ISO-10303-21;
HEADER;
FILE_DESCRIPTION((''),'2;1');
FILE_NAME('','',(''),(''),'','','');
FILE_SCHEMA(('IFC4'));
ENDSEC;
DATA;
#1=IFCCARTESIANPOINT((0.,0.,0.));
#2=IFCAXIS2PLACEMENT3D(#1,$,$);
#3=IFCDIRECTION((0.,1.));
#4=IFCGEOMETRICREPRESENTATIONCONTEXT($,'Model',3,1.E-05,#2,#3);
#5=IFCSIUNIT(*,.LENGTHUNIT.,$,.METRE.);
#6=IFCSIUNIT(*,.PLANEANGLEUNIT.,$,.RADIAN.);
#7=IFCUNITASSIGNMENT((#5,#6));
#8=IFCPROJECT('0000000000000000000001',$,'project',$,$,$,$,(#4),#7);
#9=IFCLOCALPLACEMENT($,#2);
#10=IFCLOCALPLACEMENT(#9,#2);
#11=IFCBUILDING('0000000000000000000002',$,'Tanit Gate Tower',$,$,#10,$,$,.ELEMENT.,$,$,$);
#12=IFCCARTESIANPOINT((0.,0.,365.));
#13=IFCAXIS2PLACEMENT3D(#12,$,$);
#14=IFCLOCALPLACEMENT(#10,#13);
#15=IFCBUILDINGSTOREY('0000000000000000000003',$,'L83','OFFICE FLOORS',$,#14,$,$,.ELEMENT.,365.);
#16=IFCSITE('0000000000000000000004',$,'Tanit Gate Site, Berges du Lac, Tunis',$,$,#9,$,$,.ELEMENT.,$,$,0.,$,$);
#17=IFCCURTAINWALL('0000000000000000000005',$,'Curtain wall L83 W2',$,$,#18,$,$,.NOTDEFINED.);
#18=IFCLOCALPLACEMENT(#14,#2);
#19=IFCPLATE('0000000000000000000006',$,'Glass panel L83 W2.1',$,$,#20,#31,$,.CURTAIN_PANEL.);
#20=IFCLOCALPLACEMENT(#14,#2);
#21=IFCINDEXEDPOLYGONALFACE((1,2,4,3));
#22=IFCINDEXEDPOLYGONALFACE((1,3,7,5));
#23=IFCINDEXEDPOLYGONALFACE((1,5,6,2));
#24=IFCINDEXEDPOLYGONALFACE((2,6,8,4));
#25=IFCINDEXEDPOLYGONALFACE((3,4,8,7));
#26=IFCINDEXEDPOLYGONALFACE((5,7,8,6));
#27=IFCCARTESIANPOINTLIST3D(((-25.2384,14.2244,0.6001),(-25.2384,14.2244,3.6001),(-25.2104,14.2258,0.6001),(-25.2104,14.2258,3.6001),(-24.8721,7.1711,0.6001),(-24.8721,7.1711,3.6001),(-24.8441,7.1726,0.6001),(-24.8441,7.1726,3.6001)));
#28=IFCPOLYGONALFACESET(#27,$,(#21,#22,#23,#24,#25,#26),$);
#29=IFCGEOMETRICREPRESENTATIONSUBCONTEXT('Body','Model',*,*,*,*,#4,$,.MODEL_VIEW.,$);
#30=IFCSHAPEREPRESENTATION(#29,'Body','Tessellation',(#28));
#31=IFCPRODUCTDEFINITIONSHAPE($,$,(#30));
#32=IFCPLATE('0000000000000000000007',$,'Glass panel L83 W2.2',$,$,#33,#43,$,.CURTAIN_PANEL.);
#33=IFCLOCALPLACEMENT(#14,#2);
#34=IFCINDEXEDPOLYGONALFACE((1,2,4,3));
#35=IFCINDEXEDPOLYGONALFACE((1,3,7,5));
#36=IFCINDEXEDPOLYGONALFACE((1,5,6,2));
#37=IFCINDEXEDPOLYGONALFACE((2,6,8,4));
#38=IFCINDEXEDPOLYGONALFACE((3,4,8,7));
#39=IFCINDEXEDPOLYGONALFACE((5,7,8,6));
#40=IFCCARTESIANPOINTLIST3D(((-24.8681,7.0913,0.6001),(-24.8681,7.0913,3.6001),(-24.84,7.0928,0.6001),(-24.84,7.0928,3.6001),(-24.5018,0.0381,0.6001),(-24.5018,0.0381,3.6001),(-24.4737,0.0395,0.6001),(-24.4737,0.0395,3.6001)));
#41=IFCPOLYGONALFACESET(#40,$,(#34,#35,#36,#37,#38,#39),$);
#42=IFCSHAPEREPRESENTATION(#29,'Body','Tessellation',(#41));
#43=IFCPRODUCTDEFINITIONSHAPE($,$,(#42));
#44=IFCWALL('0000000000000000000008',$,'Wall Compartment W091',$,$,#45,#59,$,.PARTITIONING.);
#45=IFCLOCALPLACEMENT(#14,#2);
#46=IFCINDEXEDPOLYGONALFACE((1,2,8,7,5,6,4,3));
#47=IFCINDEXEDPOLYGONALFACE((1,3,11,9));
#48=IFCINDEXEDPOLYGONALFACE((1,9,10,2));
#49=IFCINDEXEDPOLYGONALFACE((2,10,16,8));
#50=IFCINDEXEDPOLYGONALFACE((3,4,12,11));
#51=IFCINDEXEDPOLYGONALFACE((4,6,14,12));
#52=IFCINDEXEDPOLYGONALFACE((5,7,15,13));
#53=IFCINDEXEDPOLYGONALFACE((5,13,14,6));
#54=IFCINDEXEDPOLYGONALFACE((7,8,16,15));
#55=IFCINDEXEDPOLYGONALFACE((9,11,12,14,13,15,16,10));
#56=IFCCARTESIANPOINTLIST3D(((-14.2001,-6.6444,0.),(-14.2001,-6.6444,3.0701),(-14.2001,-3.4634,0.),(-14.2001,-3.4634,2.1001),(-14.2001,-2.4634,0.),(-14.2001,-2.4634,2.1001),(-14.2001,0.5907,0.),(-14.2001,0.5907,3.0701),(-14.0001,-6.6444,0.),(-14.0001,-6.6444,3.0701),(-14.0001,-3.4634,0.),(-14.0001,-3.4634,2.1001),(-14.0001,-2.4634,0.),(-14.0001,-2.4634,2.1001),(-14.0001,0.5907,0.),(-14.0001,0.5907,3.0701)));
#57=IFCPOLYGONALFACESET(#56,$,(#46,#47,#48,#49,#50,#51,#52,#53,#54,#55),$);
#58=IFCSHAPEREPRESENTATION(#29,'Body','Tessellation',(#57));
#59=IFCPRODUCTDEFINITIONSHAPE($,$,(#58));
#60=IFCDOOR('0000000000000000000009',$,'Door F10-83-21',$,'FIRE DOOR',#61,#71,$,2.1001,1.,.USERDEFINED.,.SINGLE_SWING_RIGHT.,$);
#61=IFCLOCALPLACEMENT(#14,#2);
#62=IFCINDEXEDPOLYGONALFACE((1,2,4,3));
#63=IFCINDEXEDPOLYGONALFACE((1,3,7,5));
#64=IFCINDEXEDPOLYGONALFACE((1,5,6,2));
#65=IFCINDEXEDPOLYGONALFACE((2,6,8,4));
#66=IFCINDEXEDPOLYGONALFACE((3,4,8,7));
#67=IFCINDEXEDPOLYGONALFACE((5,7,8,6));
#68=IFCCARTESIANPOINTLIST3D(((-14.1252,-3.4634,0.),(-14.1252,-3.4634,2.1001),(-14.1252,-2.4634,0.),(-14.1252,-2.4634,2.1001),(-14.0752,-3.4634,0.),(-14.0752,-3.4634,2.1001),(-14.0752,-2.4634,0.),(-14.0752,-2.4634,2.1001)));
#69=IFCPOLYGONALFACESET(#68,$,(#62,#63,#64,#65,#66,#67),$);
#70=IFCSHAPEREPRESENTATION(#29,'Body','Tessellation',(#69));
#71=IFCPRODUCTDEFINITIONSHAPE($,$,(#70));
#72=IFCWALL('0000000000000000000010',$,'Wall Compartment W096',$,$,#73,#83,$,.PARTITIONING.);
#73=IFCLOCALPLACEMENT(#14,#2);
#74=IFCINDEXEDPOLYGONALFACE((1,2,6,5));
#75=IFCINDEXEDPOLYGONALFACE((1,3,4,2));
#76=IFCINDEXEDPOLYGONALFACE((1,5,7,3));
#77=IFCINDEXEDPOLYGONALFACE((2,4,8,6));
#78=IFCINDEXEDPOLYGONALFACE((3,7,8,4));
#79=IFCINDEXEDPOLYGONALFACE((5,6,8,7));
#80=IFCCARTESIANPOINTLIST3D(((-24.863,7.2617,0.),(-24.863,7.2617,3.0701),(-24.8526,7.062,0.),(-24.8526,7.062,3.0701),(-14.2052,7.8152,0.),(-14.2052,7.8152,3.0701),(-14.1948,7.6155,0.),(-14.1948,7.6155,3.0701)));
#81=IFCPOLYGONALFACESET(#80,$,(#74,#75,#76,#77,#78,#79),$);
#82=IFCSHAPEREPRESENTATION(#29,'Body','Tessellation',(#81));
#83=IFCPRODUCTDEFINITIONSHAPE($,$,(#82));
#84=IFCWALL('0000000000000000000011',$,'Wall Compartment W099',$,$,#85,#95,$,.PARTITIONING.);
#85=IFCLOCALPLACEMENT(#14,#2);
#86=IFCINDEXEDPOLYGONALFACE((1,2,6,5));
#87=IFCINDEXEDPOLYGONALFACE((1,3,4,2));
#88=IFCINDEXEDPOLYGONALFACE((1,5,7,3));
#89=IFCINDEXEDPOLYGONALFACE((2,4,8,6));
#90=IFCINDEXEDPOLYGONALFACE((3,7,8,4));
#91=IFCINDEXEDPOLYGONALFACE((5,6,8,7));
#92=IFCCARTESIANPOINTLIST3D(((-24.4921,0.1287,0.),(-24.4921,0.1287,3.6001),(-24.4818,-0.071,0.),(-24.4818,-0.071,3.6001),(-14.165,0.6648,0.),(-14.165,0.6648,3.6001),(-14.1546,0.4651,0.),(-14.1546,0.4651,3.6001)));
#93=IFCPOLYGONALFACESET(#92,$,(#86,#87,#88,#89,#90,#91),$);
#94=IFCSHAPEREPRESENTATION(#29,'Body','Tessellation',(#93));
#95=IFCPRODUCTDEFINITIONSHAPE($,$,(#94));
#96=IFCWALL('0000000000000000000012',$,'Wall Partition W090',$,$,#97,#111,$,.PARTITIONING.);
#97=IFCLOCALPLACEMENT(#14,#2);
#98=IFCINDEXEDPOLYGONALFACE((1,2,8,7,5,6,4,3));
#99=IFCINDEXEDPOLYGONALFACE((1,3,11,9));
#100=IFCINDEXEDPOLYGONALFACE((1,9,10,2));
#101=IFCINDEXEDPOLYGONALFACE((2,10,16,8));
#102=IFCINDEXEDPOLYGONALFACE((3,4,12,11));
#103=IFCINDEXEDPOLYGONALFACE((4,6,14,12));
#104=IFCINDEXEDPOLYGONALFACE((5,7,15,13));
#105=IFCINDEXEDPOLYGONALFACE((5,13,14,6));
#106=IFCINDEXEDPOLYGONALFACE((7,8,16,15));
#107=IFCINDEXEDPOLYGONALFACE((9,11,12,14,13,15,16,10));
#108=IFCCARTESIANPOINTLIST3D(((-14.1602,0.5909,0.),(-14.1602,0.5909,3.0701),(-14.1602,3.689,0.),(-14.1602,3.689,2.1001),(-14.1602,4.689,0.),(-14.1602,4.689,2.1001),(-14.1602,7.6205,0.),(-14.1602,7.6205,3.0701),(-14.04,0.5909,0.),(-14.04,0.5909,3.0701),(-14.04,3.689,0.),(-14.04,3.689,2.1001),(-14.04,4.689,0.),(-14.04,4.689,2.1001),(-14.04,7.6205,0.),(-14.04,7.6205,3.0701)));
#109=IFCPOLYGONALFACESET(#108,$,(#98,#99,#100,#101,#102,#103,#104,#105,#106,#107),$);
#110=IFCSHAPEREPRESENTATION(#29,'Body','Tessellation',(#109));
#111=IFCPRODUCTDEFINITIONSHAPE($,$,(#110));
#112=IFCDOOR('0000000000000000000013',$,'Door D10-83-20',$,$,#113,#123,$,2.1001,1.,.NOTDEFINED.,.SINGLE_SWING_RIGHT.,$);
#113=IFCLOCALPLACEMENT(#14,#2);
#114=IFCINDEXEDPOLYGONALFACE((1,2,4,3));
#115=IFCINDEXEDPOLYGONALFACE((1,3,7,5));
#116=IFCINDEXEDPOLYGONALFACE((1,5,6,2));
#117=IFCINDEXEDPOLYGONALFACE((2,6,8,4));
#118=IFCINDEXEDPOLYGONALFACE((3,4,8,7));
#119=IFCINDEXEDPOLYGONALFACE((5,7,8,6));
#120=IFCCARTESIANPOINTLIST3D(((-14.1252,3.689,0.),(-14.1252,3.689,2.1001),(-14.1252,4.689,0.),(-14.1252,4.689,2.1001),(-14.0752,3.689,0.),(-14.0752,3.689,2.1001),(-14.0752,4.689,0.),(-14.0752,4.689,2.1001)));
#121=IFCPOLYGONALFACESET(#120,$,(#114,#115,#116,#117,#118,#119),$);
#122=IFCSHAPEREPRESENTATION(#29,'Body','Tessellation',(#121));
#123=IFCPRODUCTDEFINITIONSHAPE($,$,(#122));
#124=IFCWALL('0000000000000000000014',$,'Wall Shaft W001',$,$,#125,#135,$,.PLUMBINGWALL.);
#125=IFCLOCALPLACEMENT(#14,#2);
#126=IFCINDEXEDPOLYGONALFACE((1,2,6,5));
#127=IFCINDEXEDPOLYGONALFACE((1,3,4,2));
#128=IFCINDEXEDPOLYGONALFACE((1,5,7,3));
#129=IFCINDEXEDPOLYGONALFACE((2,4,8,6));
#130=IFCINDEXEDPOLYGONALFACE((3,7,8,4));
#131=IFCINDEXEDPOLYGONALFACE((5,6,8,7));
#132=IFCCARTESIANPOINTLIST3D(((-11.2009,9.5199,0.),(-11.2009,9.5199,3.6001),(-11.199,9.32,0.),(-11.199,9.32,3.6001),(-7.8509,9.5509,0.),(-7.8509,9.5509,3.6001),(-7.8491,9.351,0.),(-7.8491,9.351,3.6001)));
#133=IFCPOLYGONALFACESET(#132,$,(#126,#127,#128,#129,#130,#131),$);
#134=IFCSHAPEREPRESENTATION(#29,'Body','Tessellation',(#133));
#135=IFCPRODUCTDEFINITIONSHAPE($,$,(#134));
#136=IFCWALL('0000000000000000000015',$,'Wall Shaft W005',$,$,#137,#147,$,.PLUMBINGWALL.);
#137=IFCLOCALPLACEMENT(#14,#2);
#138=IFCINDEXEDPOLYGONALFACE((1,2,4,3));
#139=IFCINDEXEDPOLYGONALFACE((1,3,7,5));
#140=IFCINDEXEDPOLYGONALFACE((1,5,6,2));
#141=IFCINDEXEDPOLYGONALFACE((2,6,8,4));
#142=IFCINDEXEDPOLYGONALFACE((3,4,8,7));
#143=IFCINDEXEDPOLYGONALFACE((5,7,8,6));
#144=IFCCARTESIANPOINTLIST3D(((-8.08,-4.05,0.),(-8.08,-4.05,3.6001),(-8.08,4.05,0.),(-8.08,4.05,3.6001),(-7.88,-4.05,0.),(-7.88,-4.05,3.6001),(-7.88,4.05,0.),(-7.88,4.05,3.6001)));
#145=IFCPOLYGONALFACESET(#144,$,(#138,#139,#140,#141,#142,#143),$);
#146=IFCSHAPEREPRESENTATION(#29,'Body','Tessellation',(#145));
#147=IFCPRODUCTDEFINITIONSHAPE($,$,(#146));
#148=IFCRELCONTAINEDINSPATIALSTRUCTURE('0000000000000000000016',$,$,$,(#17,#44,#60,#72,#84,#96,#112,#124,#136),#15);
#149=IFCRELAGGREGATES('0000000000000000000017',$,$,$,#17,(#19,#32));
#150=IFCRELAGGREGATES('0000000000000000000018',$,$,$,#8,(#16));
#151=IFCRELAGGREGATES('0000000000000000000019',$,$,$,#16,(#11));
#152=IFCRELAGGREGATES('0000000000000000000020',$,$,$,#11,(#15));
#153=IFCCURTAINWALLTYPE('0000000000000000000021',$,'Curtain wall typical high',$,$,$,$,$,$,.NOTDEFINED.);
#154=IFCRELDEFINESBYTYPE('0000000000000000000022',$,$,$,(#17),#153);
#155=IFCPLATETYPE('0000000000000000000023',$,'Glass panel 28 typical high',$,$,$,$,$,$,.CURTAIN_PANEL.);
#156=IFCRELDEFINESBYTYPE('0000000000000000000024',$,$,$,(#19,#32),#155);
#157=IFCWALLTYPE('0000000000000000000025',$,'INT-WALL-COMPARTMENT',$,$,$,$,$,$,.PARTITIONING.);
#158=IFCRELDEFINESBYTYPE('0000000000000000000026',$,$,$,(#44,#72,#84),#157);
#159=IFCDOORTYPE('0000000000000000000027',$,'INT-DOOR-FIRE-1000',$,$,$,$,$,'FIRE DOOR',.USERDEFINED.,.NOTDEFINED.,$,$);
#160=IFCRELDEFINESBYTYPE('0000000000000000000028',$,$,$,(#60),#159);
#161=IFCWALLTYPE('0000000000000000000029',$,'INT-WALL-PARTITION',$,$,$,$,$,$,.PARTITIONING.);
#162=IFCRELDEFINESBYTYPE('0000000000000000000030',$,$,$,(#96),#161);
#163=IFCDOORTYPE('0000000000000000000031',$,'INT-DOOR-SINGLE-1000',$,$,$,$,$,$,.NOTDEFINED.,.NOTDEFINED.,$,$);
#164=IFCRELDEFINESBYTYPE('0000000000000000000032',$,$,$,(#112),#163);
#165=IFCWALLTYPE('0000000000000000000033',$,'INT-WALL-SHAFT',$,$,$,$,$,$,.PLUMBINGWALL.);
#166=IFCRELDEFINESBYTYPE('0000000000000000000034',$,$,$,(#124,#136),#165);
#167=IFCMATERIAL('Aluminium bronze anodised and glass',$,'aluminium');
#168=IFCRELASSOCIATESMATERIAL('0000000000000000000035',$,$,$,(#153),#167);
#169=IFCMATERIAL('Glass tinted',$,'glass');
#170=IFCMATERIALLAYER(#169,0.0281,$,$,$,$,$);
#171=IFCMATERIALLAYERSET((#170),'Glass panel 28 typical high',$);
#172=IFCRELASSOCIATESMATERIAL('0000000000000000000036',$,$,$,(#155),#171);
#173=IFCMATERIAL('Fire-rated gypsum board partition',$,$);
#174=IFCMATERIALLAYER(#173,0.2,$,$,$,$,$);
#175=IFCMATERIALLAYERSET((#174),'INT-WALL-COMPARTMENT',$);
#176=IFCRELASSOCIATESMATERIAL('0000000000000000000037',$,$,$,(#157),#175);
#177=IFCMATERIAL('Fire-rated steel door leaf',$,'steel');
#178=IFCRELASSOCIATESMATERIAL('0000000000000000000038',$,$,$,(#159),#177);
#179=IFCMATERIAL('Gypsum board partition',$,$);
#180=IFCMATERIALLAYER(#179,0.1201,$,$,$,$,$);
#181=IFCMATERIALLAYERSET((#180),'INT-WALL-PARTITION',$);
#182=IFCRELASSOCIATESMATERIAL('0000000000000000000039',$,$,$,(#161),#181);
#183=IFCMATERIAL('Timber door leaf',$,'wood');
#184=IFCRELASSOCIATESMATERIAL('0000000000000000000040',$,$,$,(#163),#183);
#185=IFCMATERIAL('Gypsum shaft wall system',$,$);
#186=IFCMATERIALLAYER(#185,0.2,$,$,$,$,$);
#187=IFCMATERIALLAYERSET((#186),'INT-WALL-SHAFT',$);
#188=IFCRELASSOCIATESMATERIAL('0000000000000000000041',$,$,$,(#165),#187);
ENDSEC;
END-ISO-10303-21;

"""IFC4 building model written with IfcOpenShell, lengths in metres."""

from ifc_helpers import new_model, si_unit, direction, frame, frame_2d, origin, origin_2d, place, context, subcontext, project, spatial, rectangle, extrude, material, layer, layer_set, type_object, element, fill, aggregate, save


model = new_model("IFC4")

# Units and contexts
model_context = context("Model", 3, precision=1e-05, world=origin(), true_north=direction((0.0, 1.0)))
body_context = subcontext(model_context, "Body", "Model", "MODEL_VIEW")
ifc_project = project(units=[si_unit("LENGTHUNIT", "METRE"), si_unit("PLANEANGLEUNIT", "RADIAN")], contexts=[model_context])

# Site, building, storey
site_placement = place(None, origin())
site = spatial("IfcSite", under=ifc_project, at=site_placement, Name="Tanit Gate Site, Berges du Lac, Tunis", CompositionType="ELEMENT", RefElevation=0.0)
building_placement = place(site_placement, origin())
building = spatial("IfcBuilding", under=site, at=building_placement, Name="Tanit Gate Tower", CompositionType="ELEMENT")
storey_placement = place(building_placement, frame((0.0, 0.0, 365.0)))
storey = spatial("IfcBuildingStorey", under=building, at=storey_placement, Name="L83", Description="OFFICE FLOORS", CompositionType="ELEMENT", Elevation=365.0)

# Curtain wall
ifc_material_1 = material(Name="Aluminium bronze anodised and glass", Category="aluminium")
curtain_wall_type = type_object("IfcCurtainWallType", Name="Curtain wall typical high", PredefinedType="NOTDEFINED", material=ifc_material_1)
curtain_wall_1_placement = place(storey_placement, origin())
curtain_wall_1 = element("IfcCurtainWall", 1, at=curtain_wall_1_placement, inside=storey, type_object=curtain_wall_type, Name="Curtain wall L83 W2", PredefinedType="NOTDEFINED")

# Plates
ifc_material_2 = material(Name="Glass tinted", Category="glass")
ifc_layer_1 = layer(ifc_material_2, 0.0281)
ifc_layer_set_1 = layer_set([ifc_layer_1], Name="Glass panel 28 typical high")
plate_type = type_object("IfcPlateType", Name="Glass panel 28 typical high", PredefinedType="CURTAIN_PANEL", material=ifc_layer_set_1)
plate_1_placement = place(storey_placement, frame((-25.0413, 10.6985, 0.6001), z_axis=(0.0, 0.0, 1.0), x_axis=(0.051865, -0.998654, 0.0)))
plate_1 = element("IfcPlate", 2, at=plate_1_placement, type_object=plate_type, Name="Glass panel L83 W2.1", PredefinedType="CURTAIN_PANEL", context=body_context, shape_type="SweptSolid", body=[
    extrude(rectangle(XDim=7.0627, YDim=0.0281, at=origin_2d()), origin(), (0.0, 0.0, 1.0), 3.0),
])
plate_2_placement = place(storey_placement, frame((-24.6709, 3.5654, 0.6001), z_axis=(0.0, 0.0, 1.0), x_axis=(0.051865, -0.998654, 0.0)))
plate_2 = element("IfcPlate", 3, at=plate_2_placement, type_object=plate_type, Name="Glass panel L83 W2.2", PredefinedType="CURTAIN_PANEL", context=body_context, shape_type="SweptSolid", body=[
    extrude(rectangle(XDim=7.0627, YDim=0.0281, at=origin_2d()), origin(), (0.0, 0.0, 1.0), 3.0),
])
aggregate(curtain_wall_1, [plate_1, plate_2])

# Wall, opening, door
ifc_material_3 = material(Name="Fire-rated gypsum board partition")
ifc_layer_2 = layer(ifc_material_3, 0.2)
ifc_layer_set_2 = layer_set([ifc_layer_2], Name="INT-WALL-COMPARTMENT")
wall_type_1 = type_object("IfcWallType", Name="INT-WALL-COMPARTMENT", PredefinedType="PARTITIONING", material=ifc_layer_set_2)
wall_1_placement = place(storey_placement, frame((-14.1001, 0.5908, 0.0), z_axis=(0.0, 0.0, 1.0), x_axis=(0.0, -1.0, 0.0)))
wall_1 = element("IfcWall", 4, at=wall_1_placement, inside=storey, type_object=wall_type_1, Name="Wall Compartment W091", PredefinedType="PARTITIONING", context=body_context, shape_type="SweptSolid", body=[
    extrude(rectangle(XDim=7.2351, YDim=0.2, at=frame_2d((3.6177, 0.0))), origin(), (0.0, 0.0, 1.0), 3.0701),
])
opening_1_placement = place(wall_1_placement, frame((3.0542, 0.0, 0.0)))
opening_1 = element("IfcOpeningElement", 5, at=opening_1_placement, cuts=wall_1, PredefinedType="OPENING", context=body_context, shape_type="SweptSolid", body=[
    extrude(rectangle(XDim=1.0, YDim=2.1001, at=frame_2d((0.5, 1.05))), frame((0.0, 0.1099, 0.0), z_axis=(0.0, -1.0, 0.0), x_axis=(1.0, 0.0, 0.0)), (0.0, 0.0, 1.0), 0.22),
])
ifc_material_4 = material(Name="Fire-rated steel door leaf", Category="steel")
door_type_1 = type_object("IfcDoorType", Name="INT-DOOR-FIRE-1000", ElementType="FIRE DOOR", OperationType="NOTDEFINED", PredefinedType="USERDEFINED", material=ifc_material_4)
door_1_placement = place(opening_1_placement, origin())
door_1 = element("IfcDoor", 6, at=door_1_placement, inside=storey, type_object=door_type_1, Name="Door F10-83-21", ObjectType="FIRE DOOR", OperationType="SINGLE_SWING_RIGHT", OverallHeight=2.1001, OverallWidth=1.0, PredefinedType="USERDEFINED", context=body_context, shape_type="SweptSolid", body=[
    extrude(rectangle(XDim=1.0, YDim=2.1001, at=frame_2d((0.5, 1.05))), frame((0.0, 0.0249, 0.0), z_axis=(0.0, -1.0, 0.0), x_axis=(1.0, 0.0, 0.0)), (0.0, 0.0, 1.0), 0.05),
])
fill(opening_1, door_1)

# Walls
wall_2_placement = place(storey_placement, frame((-24.8577, 7.1619, 0.0), z_axis=(0.0, 0.0, 1.0), x_axis=(0.998654, 0.051861, 0.0)))
element("IfcWall", 7, at=wall_2_placement, inside=storey, type_object=wall_type_1, Name="Wall Compartment W096", PredefinedType="PARTITIONING", context=body_context, shape_type="SweptSolid", body=[
    extrude(rectangle(XDim=10.6721, YDim=0.2, at=frame_2d((5.3359, 0.0))), origin(), (0.0, 0.0, 1.0), 3.0701),
])
wall_3_placement = place(storey_placement, frame((-14.1599, 0.5649, 0.0), z_axis=(0.0, 0.0, 1.0), x_axis=(-0.998655, -0.051845, 0.0)))
element("IfcWall", 8, at=wall_3_placement, inside=storey, type_object=wall_type_1, Name="Wall Compartment W099", PredefinedType="PARTITIONING", context=body_context, shape_type="SweptSolid", body=[
    extrude(rectangle(XDim=10.3411, YDim=0.2, at=frame_2d((5.1704, 0.0))), origin(), (0.0, 0.0, 1.0), 3.6001),
])

# Wall, opening, door
ifc_material_5 = material(Name="Gypsum board partition")
ifc_layer_3 = layer(ifc_material_5, 0.1201)
ifc_layer_set_3 = layer_set([ifc_layer_3], Name="INT-WALL-PARTITION")
wall_type_2 = type_object("IfcWallType", Name="INT-WALL-PARTITION", PredefinedType="PARTITIONING", material=ifc_layer_set_3)
wall_4_placement = place(storey_placement, frame((-14.1001, 7.6204, 0.0), z_axis=(0.0, 0.0, 1.0), x_axis=(0.0, -1.0, 0.0)))
wall_4 = element("IfcWall", 9, at=wall_4_placement, inside=storey, type_object=wall_type_2, Name="Wall Partition W090", PredefinedType="PARTITIONING", context=body_context, shape_type="SweptSolid", body=[
    extrude(rectangle(XDim=7.0295, YDim=0.1201, at=frame_2d((3.5146, 0.0))), origin(), (0.0, 0.0, 1.0), 3.0701),
])
opening_2_placement = place(wall_4_placement, frame((2.9314, 0.0, 0.0)))
opening_2 = element("IfcOpeningElement", 10, at=opening_2_placement, cuts=wall_4, PredefinedType="OPENING", context=body_context, shape_type="SweptSolid", body=[
    extrude(rectangle(XDim=1.0, YDim=2.1001, at=frame_2d((0.5, 1.05))), frame((0.0, 0.0701, 0.0), z_axis=(0.0, -1.0, 0.0), x_axis=(1.0, 0.0, 0.0)), (0.0, 0.0, 1.0), 0.1401),
])
ifc_material_6 = material(Name="Timber door leaf", Category="wood")
door_type_2 = type_object("IfcDoorType", Name="INT-DOOR-SINGLE-1000", OperationType="NOTDEFINED", PredefinedType="NOTDEFINED", material=ifc_material_6)
door_2_placement = place(opening_2_placement, origin())
door_2 = element("IfcDoor", 11, at=door_2_placement, inside=storey, type_object=door_type_2, Name="Door D10-83-20", OperationType="SINGLE_SWING_RIGHT", OverallHeight=2.1001, OverallWidth=1.0, PredefinedType="NOTDEFINED", context=body_context, shape_type="SweptSolid", body=[
    extrude(rectangle(XDim=1.0, YDim=2.1001, at=frame_2d((0.5, 1.05))), frame((0.0, 0.0249, 0.0), z_axis=(0.0, -1.0, 0.0), x_axis=(1.0, 0.0, 0.0)), (0.0, 0.0, 1.0), 0.05),
])
fill(opening_2, door_2)

# Walls
ifc_material_7 = material(Name="Gypsum shaft wall system")
ifc_layer_4 = layer(ifc_material_7, 0.2)
ifc_layer_set_4 = layer_set([ifc_layer_4], Name="INT-WALL-SHAFT")
wall_type_3 = type_object("IfcWallType", Name="INT-WALL-SHAFT", PredefinedType="PLUMBINGWALL", material=ifc_layer_set_4)
wall_5_placement = place(storey_placement, frame((-11.2, 9.4199, 0.0), z_axis=(0.0, 0.0, 1.0), x_axis=(0.999957, 0.009255, 0.0)))
element("IfcWall", 12, at=wall_5_placement, inside=storey, type_object=wall_type_3, Name="Wall Shaft W001", PredefinedType="PLUMBINGWALL", context=body_context, shape_type="SweptSolid", body=[
    extrude(rectangle(XDim=3.3501, YDim=0.2, at=frame_2d((1.675, 0.0))), origin(), (0.0, 0.0, 1.0), 3.6001),
])
wall_6_placement = place(storey_placement, frame((-7.98, 4.05, 0.0), z_axis=(0.0, 0.0, 1.0), x_axis=(0.0, -1.0, 0.0)))
element("IfcWall", 13, at=wall_6_placement, inside=storey, type_object=wall_type_3, Name="Wall Shaft W005", PredefinedType="PLUMBINGWALL", context=body_context, shape_type="SweptSolid", body=[
    extrude(rectangle(XDim=8.1001, YDim=0.2, at=frame_2d((4.05, 0.0))), origin(), (0.0, 0.0, 1.0), 3.6001),
])

save(model, "model.ifc")
